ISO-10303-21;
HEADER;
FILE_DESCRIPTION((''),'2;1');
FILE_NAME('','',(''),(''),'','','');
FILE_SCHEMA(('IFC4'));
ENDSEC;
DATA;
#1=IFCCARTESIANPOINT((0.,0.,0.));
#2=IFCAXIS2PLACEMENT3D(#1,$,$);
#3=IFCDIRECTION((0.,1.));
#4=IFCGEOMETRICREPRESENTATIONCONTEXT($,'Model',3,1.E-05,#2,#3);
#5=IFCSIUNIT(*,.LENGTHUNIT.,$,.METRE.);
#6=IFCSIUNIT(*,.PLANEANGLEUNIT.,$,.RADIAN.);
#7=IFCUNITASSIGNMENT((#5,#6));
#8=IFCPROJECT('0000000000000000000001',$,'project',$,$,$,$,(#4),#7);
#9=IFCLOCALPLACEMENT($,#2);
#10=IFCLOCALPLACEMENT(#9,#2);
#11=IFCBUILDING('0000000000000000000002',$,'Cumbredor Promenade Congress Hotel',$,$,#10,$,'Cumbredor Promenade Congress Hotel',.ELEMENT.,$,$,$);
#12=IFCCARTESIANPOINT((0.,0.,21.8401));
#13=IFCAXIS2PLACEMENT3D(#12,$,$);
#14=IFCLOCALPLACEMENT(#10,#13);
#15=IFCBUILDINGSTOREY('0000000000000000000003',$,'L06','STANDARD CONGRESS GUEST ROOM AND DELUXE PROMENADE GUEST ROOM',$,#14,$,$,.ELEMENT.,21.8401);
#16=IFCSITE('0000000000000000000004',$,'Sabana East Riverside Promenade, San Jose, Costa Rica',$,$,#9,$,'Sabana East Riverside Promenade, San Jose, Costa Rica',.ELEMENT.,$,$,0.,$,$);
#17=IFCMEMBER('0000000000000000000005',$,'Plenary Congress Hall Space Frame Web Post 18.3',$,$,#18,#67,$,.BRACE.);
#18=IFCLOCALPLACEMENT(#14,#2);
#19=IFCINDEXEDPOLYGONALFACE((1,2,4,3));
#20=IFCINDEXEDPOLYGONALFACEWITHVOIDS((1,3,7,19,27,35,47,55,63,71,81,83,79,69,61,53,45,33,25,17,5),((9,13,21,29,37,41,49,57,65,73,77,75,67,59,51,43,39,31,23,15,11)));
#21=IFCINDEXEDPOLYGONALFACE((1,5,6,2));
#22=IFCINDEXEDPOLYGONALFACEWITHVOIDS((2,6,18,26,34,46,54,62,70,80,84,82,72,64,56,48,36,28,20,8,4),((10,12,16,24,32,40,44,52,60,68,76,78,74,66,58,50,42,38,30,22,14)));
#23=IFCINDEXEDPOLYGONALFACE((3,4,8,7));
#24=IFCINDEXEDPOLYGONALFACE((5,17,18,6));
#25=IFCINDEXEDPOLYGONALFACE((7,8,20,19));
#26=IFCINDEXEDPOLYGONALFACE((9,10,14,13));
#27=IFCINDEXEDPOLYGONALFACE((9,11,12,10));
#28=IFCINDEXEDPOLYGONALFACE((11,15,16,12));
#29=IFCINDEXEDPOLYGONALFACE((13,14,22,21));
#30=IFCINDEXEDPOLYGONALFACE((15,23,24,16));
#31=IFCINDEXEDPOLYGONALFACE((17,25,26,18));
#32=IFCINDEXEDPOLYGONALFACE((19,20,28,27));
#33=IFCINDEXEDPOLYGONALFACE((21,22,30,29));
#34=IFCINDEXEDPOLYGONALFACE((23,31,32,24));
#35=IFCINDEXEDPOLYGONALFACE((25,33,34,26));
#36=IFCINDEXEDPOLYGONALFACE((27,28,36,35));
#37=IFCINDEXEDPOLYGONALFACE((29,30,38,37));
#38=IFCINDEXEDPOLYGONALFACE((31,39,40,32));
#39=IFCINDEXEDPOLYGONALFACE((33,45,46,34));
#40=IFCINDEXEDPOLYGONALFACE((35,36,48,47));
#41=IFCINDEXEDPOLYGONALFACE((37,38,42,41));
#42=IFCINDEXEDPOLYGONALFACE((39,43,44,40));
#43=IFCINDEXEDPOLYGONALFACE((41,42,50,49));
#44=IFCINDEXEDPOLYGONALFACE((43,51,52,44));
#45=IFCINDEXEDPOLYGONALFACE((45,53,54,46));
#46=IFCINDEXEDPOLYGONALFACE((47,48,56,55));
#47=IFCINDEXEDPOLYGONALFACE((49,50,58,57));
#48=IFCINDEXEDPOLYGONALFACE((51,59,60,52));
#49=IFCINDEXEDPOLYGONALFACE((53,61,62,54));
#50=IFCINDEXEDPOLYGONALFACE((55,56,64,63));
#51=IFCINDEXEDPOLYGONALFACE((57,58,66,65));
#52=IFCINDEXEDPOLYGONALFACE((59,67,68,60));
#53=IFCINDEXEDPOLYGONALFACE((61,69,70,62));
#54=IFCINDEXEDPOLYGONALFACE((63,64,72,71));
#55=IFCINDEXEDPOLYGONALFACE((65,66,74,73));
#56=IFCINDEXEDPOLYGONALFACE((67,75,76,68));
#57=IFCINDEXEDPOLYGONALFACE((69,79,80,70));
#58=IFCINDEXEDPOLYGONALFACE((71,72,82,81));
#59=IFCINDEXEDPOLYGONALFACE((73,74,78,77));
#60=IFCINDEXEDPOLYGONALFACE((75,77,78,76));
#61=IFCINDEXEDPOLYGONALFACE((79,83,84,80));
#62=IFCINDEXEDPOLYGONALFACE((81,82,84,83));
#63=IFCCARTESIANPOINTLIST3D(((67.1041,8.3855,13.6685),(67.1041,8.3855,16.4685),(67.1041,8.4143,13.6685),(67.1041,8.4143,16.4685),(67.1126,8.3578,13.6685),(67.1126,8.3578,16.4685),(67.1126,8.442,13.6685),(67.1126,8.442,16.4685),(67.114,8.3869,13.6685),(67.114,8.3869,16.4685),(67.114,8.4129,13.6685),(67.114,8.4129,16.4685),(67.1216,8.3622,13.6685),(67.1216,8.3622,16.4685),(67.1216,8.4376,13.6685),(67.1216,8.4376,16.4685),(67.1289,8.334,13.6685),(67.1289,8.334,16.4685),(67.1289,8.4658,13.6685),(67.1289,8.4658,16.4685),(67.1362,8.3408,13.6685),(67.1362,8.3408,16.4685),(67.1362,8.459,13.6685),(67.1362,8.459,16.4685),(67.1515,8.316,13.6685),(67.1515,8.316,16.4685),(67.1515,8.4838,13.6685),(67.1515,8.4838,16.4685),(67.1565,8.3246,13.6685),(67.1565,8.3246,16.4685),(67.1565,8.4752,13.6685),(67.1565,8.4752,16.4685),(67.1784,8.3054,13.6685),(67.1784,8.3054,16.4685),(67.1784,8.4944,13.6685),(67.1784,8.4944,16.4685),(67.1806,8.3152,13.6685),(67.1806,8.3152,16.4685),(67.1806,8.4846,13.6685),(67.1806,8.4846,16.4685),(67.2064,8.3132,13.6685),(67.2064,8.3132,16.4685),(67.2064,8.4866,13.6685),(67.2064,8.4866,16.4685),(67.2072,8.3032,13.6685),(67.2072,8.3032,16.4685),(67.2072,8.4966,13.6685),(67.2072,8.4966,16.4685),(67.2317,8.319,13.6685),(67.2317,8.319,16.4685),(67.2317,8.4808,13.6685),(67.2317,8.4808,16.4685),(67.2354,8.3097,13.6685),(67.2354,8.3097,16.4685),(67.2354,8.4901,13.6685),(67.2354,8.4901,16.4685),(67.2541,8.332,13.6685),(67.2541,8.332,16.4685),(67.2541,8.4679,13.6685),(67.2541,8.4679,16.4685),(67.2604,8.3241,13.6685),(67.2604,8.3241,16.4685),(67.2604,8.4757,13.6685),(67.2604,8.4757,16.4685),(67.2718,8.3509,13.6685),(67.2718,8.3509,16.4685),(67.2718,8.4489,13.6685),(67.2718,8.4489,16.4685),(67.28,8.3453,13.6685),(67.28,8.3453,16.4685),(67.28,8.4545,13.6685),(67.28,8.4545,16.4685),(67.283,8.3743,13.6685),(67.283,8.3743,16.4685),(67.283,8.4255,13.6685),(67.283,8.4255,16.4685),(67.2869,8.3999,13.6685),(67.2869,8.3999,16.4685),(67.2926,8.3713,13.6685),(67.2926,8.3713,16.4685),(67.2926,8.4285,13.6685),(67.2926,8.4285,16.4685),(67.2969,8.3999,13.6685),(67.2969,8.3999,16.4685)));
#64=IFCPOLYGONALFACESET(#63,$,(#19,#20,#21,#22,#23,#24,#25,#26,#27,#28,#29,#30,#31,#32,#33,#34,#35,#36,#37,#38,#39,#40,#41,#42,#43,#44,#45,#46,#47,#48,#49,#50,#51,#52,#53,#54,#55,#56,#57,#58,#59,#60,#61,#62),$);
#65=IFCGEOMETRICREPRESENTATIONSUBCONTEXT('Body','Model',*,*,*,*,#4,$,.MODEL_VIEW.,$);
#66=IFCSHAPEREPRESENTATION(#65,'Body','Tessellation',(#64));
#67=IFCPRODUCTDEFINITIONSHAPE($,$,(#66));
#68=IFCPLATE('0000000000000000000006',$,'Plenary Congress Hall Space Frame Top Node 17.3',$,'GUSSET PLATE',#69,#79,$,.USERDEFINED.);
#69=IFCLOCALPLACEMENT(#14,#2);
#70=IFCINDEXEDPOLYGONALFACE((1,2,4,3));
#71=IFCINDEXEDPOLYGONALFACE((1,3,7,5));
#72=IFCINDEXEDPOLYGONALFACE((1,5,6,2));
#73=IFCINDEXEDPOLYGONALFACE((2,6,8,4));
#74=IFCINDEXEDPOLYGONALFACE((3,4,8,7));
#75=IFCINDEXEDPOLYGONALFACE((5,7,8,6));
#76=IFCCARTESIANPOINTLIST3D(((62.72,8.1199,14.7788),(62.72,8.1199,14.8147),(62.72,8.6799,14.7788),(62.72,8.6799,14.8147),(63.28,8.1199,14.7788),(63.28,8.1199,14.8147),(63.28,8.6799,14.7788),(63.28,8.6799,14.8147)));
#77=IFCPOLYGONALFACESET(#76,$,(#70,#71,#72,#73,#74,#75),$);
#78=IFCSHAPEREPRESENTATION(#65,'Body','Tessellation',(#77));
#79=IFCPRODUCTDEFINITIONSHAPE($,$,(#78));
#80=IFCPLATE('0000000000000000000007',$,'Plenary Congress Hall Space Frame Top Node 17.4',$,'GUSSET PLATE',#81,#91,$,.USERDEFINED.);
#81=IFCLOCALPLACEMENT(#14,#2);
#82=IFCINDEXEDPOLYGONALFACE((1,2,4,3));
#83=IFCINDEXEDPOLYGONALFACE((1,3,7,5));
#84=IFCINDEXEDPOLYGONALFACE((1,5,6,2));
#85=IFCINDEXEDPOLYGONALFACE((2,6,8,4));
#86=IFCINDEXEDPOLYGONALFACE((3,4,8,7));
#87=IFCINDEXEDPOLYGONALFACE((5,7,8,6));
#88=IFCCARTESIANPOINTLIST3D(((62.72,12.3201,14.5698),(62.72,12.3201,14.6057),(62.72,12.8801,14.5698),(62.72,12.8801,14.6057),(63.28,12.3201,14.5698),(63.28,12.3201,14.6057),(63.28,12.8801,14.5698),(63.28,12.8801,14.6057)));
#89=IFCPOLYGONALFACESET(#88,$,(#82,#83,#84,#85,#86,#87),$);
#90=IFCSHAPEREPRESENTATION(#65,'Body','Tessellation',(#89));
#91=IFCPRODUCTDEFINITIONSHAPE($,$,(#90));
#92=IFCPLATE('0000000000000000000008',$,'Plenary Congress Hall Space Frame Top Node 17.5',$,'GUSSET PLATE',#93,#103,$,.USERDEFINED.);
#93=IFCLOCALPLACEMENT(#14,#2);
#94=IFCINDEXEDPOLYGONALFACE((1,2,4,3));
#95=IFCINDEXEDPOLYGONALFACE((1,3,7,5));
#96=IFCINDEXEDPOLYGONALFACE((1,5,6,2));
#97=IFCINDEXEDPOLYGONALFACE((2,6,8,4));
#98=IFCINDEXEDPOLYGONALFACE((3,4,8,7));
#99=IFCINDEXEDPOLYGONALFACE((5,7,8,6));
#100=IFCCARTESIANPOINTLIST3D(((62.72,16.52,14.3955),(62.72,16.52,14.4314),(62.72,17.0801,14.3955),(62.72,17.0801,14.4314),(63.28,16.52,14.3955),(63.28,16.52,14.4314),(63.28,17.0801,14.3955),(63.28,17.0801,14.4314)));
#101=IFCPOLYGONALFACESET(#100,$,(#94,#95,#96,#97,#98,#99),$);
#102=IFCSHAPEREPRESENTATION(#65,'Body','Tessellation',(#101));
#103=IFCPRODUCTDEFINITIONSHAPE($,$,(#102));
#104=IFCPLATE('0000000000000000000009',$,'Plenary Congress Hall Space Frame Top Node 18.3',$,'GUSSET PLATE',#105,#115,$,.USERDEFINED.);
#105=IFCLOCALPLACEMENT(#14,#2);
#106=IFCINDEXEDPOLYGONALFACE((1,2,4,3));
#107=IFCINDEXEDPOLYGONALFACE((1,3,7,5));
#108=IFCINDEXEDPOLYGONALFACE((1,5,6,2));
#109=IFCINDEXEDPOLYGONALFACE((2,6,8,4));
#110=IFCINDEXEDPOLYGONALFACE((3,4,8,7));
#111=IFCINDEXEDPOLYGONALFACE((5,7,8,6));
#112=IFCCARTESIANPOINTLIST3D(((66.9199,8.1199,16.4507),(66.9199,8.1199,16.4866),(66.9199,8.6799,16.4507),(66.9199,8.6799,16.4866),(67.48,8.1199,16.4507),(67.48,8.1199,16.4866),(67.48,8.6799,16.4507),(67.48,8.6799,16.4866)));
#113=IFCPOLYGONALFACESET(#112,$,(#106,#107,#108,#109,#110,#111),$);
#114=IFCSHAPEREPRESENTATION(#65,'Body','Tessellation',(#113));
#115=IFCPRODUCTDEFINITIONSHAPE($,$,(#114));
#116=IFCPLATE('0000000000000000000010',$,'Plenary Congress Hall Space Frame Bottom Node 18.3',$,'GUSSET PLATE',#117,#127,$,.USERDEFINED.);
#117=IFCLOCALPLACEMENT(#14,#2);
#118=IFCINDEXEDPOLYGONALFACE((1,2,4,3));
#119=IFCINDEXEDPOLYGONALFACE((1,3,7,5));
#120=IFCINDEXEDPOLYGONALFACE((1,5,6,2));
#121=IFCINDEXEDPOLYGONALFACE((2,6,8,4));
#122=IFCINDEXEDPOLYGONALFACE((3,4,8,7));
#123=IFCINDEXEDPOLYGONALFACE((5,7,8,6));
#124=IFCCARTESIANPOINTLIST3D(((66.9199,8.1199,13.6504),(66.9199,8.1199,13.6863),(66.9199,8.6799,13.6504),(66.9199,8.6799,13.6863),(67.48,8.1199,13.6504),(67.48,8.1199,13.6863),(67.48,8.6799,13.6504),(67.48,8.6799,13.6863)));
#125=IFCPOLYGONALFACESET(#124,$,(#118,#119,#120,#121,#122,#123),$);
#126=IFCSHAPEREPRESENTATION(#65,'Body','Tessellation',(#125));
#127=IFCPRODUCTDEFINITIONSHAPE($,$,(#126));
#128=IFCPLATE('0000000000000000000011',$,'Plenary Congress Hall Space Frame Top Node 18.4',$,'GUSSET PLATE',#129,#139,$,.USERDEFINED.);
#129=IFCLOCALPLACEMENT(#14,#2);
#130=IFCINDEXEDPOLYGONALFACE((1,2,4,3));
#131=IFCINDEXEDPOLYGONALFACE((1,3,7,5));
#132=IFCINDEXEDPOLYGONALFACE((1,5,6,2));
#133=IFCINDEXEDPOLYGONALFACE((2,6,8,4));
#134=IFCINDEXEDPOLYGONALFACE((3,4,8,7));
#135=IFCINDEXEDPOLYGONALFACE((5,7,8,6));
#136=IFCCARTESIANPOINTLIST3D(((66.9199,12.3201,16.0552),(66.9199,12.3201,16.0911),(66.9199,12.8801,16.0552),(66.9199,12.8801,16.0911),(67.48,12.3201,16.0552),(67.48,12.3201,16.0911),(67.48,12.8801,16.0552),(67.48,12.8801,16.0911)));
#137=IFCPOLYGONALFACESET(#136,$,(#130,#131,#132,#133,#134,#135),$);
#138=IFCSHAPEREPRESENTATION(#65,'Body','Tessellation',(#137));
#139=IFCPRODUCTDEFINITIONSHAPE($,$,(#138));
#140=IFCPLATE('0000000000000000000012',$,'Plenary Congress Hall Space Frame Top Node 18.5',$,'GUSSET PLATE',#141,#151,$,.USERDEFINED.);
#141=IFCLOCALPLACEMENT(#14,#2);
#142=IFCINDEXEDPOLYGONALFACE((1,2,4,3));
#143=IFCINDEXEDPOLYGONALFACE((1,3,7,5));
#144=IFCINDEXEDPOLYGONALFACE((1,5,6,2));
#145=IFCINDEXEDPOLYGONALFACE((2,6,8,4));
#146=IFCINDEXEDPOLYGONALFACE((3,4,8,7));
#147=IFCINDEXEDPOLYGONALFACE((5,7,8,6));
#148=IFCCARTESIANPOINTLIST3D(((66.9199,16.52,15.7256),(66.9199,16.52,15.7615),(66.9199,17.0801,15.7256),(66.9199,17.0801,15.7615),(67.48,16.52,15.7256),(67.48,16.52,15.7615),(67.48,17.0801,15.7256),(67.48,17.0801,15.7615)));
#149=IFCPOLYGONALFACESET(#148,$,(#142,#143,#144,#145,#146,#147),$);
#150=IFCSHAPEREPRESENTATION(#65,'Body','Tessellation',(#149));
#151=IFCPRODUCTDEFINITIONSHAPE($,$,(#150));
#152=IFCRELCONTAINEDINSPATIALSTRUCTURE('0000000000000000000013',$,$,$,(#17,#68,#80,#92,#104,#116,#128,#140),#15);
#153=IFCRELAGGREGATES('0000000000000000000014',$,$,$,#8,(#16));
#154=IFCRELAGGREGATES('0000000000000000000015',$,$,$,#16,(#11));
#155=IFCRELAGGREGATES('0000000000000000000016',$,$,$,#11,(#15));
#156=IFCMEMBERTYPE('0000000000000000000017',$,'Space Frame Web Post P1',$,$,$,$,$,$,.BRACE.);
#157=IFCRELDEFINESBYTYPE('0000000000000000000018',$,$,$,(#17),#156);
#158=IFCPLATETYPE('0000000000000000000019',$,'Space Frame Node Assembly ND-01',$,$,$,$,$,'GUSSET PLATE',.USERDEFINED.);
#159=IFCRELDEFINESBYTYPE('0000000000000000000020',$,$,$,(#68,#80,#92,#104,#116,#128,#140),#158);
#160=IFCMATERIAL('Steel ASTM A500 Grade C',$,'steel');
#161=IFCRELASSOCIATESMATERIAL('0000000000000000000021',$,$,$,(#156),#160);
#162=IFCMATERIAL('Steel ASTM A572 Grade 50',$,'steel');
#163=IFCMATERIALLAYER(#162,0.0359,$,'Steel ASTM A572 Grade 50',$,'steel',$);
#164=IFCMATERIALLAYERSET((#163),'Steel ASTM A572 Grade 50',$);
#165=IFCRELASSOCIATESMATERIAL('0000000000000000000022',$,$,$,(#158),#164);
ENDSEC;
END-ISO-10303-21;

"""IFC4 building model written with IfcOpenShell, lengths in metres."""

from ifc_helpers import new_model, si_unit, direction, frame, origin, origin_2d, place, context, subcontext, project, spatial, rectangle, hollow_circle, extrude, material, layer, layer_set, material_profile, profile_set, type_object, element, save


model = new_model("IFC4")

# Units and contexts
model_context = context("Model", 3, precision=1e-05, world=origin(), true_north=direction((0.0, 1.0)))
body_context = subcontext(model_context, "Body", "Model", "MODEL_VIEW")
ifc_project = project(units=[si_unit("LENGTHUNIT", "METRE"), si_unit("PLANEANGLEUNIT", "RADIAN")], contexts=[model_context])

# Site, building, storey
site_placement = place(None, origin())
site = spatial("IfcSite", under=ifc_project, at=site_placement, Name="Sabana East Riverside Promenade, San Jose, Costa Rica", LongName="Sabana East Riverside Promenade, San Jose, Costa Rica", CompositionType="ELEMENT", RefElevation=0.0)
building_placement = place(site_placement, origin())
building = spatial("IfcBuilding", under=site, at=building_placement, Name="Cumbredor Promenade Congress Hotel", LongName="Cumbredor Promenade Congress Hotel", CompositionType="ELEMENT")
storey_placement = place(building_placement, frame((0.0, 0.0, 21.8401)))
storey = spatial("IfcBuildingStorey", under=building, at=storey_placement, Name="L06", Description="STANDARD CONGRESS GUEST ROOM AND DELUXE PROMENADE GUEST ROOM", CompositionType="ELEMENT", Elevation=21.8401)

# Member
ifc_material_1 = material(Name="Steel ASTM A500 Grade C", Category="steel")
ifc_material_profile_1 = material_profile(ifc_material_1, hollow_circle(Radius=0.0969, WallThickness=0.01, at=origin_2d()), Name="CHS 193.7x10")
ifc_profile_set_1 = profile_set([ifc_material_profile_1], Name="Steel ASTM A500 Grade C")
member_type_1 = type_object("IfcMemberType", Name="Space Frame Web Post P1", PredefinedType="BRACE", material=ifc_profile_set_1)
member_1_placement = place(storey_placement, frame((67.2, 8.3999, 13.6685), z_axis=(0.0, 0.0, 1.0), x_axis=(1.0, 0.0, 0.0)))
element("IfcMember", 1, at=member_1_placement, inside=storey, type_object=member_type_1, Name="Plenary Congress Hall Space Frame Web Post 18.3", PredefinedType="BRACE", context=body_context, shape_type="SweptSolid", body=[
    extrude(hollow_circle(Radius=0.0969, WallThickness=0.01, at=origin_2d()), origin(), (0.0, 0.0, 1.0), 2.8),
])

# Plates
ifc_material_2 = material(Name="Steel ASTM A572 Grade 50", Category="steel")
ifc_layer = layer(ifc_material_2, 0.0359, Name="Steel ASTM A572 Grade 50", Category="steel")
ifc_layer_set = layer_set([ifc_layer], Name="Steel ASTM A572 Grade 50")
plate_type = type_object("IfcPlateType", Name="Space Frame Node Assembly ND-01", ElementType="GUSSET PLATE", PredefinedType="USERDEFINED", material=ifc_layer_set)
for number, where, z_axis, x_axis, name in (
    (2, (63.0, 8.3999, 14.7788), (0.0, 0.0, 1.0), (1.0, 0.0, 0.0), "Plenary Congress Hall Space Frame Top Node 17.3"),
    (3, (63.0, 12.6001, 14.5698), (0.0, 0.0, 1.0), (1.0, 0.0, 0.0), "Plenary Congress Hall Space Frame Top Node 17.4"),
    (4, (63.0, 16.8, 14.3955), (0.0, 0.0, 1.0), (1.0, 0.0, 0.0), "Plenary Congress Hall Space Frame Top Node 17.5"),
    (5, (67.2, 8.3999, 16.4507), (0.0, 0.0, 1.0), (1.0, 0.0, 0.0), "Plenary Congress Hall Space Frame Top Node 18.3"),
    (6, (67.2, 8.3999, 13.6504), (0.0, 0.0, 1.0), (1.0, 0.0, 0.0), "Plenary Congress Hall Space Frame Bottom Node 18.3"),
    (7, (67.2, 12.6001, 16.0552), (0.0, 0.0, 1.0), (1.0, 0.0, 0.0), "Plenary Congress Hall Space Frame Top Node 18.4"),
    (8, (67.2, 16.8, 15.7256), (0.0, 0.0, 1.0), (1.0, 0.0, 0.0), "Plenary Congress Hall Space Frame Top Node 18.5"),
):
    element("IfcPlate", number, at=place(storey_placement, frame(where, z_axis=z_axis, x_axis=x_axis)), inside=storey, type_object=plate_type, Name=name, ObjectType="GUSSET PLATE", PredefinedType="USERDEFINED", context=body_context, shape_type="SweptSolid", body=[
        extrude(rectangle(XDim=0.5601, YDim=0.5601, at=origin_2d()), origin(), (0.0, 0.0, 1.0), 0.0359),
    ])

save(model, "model.ifc")
